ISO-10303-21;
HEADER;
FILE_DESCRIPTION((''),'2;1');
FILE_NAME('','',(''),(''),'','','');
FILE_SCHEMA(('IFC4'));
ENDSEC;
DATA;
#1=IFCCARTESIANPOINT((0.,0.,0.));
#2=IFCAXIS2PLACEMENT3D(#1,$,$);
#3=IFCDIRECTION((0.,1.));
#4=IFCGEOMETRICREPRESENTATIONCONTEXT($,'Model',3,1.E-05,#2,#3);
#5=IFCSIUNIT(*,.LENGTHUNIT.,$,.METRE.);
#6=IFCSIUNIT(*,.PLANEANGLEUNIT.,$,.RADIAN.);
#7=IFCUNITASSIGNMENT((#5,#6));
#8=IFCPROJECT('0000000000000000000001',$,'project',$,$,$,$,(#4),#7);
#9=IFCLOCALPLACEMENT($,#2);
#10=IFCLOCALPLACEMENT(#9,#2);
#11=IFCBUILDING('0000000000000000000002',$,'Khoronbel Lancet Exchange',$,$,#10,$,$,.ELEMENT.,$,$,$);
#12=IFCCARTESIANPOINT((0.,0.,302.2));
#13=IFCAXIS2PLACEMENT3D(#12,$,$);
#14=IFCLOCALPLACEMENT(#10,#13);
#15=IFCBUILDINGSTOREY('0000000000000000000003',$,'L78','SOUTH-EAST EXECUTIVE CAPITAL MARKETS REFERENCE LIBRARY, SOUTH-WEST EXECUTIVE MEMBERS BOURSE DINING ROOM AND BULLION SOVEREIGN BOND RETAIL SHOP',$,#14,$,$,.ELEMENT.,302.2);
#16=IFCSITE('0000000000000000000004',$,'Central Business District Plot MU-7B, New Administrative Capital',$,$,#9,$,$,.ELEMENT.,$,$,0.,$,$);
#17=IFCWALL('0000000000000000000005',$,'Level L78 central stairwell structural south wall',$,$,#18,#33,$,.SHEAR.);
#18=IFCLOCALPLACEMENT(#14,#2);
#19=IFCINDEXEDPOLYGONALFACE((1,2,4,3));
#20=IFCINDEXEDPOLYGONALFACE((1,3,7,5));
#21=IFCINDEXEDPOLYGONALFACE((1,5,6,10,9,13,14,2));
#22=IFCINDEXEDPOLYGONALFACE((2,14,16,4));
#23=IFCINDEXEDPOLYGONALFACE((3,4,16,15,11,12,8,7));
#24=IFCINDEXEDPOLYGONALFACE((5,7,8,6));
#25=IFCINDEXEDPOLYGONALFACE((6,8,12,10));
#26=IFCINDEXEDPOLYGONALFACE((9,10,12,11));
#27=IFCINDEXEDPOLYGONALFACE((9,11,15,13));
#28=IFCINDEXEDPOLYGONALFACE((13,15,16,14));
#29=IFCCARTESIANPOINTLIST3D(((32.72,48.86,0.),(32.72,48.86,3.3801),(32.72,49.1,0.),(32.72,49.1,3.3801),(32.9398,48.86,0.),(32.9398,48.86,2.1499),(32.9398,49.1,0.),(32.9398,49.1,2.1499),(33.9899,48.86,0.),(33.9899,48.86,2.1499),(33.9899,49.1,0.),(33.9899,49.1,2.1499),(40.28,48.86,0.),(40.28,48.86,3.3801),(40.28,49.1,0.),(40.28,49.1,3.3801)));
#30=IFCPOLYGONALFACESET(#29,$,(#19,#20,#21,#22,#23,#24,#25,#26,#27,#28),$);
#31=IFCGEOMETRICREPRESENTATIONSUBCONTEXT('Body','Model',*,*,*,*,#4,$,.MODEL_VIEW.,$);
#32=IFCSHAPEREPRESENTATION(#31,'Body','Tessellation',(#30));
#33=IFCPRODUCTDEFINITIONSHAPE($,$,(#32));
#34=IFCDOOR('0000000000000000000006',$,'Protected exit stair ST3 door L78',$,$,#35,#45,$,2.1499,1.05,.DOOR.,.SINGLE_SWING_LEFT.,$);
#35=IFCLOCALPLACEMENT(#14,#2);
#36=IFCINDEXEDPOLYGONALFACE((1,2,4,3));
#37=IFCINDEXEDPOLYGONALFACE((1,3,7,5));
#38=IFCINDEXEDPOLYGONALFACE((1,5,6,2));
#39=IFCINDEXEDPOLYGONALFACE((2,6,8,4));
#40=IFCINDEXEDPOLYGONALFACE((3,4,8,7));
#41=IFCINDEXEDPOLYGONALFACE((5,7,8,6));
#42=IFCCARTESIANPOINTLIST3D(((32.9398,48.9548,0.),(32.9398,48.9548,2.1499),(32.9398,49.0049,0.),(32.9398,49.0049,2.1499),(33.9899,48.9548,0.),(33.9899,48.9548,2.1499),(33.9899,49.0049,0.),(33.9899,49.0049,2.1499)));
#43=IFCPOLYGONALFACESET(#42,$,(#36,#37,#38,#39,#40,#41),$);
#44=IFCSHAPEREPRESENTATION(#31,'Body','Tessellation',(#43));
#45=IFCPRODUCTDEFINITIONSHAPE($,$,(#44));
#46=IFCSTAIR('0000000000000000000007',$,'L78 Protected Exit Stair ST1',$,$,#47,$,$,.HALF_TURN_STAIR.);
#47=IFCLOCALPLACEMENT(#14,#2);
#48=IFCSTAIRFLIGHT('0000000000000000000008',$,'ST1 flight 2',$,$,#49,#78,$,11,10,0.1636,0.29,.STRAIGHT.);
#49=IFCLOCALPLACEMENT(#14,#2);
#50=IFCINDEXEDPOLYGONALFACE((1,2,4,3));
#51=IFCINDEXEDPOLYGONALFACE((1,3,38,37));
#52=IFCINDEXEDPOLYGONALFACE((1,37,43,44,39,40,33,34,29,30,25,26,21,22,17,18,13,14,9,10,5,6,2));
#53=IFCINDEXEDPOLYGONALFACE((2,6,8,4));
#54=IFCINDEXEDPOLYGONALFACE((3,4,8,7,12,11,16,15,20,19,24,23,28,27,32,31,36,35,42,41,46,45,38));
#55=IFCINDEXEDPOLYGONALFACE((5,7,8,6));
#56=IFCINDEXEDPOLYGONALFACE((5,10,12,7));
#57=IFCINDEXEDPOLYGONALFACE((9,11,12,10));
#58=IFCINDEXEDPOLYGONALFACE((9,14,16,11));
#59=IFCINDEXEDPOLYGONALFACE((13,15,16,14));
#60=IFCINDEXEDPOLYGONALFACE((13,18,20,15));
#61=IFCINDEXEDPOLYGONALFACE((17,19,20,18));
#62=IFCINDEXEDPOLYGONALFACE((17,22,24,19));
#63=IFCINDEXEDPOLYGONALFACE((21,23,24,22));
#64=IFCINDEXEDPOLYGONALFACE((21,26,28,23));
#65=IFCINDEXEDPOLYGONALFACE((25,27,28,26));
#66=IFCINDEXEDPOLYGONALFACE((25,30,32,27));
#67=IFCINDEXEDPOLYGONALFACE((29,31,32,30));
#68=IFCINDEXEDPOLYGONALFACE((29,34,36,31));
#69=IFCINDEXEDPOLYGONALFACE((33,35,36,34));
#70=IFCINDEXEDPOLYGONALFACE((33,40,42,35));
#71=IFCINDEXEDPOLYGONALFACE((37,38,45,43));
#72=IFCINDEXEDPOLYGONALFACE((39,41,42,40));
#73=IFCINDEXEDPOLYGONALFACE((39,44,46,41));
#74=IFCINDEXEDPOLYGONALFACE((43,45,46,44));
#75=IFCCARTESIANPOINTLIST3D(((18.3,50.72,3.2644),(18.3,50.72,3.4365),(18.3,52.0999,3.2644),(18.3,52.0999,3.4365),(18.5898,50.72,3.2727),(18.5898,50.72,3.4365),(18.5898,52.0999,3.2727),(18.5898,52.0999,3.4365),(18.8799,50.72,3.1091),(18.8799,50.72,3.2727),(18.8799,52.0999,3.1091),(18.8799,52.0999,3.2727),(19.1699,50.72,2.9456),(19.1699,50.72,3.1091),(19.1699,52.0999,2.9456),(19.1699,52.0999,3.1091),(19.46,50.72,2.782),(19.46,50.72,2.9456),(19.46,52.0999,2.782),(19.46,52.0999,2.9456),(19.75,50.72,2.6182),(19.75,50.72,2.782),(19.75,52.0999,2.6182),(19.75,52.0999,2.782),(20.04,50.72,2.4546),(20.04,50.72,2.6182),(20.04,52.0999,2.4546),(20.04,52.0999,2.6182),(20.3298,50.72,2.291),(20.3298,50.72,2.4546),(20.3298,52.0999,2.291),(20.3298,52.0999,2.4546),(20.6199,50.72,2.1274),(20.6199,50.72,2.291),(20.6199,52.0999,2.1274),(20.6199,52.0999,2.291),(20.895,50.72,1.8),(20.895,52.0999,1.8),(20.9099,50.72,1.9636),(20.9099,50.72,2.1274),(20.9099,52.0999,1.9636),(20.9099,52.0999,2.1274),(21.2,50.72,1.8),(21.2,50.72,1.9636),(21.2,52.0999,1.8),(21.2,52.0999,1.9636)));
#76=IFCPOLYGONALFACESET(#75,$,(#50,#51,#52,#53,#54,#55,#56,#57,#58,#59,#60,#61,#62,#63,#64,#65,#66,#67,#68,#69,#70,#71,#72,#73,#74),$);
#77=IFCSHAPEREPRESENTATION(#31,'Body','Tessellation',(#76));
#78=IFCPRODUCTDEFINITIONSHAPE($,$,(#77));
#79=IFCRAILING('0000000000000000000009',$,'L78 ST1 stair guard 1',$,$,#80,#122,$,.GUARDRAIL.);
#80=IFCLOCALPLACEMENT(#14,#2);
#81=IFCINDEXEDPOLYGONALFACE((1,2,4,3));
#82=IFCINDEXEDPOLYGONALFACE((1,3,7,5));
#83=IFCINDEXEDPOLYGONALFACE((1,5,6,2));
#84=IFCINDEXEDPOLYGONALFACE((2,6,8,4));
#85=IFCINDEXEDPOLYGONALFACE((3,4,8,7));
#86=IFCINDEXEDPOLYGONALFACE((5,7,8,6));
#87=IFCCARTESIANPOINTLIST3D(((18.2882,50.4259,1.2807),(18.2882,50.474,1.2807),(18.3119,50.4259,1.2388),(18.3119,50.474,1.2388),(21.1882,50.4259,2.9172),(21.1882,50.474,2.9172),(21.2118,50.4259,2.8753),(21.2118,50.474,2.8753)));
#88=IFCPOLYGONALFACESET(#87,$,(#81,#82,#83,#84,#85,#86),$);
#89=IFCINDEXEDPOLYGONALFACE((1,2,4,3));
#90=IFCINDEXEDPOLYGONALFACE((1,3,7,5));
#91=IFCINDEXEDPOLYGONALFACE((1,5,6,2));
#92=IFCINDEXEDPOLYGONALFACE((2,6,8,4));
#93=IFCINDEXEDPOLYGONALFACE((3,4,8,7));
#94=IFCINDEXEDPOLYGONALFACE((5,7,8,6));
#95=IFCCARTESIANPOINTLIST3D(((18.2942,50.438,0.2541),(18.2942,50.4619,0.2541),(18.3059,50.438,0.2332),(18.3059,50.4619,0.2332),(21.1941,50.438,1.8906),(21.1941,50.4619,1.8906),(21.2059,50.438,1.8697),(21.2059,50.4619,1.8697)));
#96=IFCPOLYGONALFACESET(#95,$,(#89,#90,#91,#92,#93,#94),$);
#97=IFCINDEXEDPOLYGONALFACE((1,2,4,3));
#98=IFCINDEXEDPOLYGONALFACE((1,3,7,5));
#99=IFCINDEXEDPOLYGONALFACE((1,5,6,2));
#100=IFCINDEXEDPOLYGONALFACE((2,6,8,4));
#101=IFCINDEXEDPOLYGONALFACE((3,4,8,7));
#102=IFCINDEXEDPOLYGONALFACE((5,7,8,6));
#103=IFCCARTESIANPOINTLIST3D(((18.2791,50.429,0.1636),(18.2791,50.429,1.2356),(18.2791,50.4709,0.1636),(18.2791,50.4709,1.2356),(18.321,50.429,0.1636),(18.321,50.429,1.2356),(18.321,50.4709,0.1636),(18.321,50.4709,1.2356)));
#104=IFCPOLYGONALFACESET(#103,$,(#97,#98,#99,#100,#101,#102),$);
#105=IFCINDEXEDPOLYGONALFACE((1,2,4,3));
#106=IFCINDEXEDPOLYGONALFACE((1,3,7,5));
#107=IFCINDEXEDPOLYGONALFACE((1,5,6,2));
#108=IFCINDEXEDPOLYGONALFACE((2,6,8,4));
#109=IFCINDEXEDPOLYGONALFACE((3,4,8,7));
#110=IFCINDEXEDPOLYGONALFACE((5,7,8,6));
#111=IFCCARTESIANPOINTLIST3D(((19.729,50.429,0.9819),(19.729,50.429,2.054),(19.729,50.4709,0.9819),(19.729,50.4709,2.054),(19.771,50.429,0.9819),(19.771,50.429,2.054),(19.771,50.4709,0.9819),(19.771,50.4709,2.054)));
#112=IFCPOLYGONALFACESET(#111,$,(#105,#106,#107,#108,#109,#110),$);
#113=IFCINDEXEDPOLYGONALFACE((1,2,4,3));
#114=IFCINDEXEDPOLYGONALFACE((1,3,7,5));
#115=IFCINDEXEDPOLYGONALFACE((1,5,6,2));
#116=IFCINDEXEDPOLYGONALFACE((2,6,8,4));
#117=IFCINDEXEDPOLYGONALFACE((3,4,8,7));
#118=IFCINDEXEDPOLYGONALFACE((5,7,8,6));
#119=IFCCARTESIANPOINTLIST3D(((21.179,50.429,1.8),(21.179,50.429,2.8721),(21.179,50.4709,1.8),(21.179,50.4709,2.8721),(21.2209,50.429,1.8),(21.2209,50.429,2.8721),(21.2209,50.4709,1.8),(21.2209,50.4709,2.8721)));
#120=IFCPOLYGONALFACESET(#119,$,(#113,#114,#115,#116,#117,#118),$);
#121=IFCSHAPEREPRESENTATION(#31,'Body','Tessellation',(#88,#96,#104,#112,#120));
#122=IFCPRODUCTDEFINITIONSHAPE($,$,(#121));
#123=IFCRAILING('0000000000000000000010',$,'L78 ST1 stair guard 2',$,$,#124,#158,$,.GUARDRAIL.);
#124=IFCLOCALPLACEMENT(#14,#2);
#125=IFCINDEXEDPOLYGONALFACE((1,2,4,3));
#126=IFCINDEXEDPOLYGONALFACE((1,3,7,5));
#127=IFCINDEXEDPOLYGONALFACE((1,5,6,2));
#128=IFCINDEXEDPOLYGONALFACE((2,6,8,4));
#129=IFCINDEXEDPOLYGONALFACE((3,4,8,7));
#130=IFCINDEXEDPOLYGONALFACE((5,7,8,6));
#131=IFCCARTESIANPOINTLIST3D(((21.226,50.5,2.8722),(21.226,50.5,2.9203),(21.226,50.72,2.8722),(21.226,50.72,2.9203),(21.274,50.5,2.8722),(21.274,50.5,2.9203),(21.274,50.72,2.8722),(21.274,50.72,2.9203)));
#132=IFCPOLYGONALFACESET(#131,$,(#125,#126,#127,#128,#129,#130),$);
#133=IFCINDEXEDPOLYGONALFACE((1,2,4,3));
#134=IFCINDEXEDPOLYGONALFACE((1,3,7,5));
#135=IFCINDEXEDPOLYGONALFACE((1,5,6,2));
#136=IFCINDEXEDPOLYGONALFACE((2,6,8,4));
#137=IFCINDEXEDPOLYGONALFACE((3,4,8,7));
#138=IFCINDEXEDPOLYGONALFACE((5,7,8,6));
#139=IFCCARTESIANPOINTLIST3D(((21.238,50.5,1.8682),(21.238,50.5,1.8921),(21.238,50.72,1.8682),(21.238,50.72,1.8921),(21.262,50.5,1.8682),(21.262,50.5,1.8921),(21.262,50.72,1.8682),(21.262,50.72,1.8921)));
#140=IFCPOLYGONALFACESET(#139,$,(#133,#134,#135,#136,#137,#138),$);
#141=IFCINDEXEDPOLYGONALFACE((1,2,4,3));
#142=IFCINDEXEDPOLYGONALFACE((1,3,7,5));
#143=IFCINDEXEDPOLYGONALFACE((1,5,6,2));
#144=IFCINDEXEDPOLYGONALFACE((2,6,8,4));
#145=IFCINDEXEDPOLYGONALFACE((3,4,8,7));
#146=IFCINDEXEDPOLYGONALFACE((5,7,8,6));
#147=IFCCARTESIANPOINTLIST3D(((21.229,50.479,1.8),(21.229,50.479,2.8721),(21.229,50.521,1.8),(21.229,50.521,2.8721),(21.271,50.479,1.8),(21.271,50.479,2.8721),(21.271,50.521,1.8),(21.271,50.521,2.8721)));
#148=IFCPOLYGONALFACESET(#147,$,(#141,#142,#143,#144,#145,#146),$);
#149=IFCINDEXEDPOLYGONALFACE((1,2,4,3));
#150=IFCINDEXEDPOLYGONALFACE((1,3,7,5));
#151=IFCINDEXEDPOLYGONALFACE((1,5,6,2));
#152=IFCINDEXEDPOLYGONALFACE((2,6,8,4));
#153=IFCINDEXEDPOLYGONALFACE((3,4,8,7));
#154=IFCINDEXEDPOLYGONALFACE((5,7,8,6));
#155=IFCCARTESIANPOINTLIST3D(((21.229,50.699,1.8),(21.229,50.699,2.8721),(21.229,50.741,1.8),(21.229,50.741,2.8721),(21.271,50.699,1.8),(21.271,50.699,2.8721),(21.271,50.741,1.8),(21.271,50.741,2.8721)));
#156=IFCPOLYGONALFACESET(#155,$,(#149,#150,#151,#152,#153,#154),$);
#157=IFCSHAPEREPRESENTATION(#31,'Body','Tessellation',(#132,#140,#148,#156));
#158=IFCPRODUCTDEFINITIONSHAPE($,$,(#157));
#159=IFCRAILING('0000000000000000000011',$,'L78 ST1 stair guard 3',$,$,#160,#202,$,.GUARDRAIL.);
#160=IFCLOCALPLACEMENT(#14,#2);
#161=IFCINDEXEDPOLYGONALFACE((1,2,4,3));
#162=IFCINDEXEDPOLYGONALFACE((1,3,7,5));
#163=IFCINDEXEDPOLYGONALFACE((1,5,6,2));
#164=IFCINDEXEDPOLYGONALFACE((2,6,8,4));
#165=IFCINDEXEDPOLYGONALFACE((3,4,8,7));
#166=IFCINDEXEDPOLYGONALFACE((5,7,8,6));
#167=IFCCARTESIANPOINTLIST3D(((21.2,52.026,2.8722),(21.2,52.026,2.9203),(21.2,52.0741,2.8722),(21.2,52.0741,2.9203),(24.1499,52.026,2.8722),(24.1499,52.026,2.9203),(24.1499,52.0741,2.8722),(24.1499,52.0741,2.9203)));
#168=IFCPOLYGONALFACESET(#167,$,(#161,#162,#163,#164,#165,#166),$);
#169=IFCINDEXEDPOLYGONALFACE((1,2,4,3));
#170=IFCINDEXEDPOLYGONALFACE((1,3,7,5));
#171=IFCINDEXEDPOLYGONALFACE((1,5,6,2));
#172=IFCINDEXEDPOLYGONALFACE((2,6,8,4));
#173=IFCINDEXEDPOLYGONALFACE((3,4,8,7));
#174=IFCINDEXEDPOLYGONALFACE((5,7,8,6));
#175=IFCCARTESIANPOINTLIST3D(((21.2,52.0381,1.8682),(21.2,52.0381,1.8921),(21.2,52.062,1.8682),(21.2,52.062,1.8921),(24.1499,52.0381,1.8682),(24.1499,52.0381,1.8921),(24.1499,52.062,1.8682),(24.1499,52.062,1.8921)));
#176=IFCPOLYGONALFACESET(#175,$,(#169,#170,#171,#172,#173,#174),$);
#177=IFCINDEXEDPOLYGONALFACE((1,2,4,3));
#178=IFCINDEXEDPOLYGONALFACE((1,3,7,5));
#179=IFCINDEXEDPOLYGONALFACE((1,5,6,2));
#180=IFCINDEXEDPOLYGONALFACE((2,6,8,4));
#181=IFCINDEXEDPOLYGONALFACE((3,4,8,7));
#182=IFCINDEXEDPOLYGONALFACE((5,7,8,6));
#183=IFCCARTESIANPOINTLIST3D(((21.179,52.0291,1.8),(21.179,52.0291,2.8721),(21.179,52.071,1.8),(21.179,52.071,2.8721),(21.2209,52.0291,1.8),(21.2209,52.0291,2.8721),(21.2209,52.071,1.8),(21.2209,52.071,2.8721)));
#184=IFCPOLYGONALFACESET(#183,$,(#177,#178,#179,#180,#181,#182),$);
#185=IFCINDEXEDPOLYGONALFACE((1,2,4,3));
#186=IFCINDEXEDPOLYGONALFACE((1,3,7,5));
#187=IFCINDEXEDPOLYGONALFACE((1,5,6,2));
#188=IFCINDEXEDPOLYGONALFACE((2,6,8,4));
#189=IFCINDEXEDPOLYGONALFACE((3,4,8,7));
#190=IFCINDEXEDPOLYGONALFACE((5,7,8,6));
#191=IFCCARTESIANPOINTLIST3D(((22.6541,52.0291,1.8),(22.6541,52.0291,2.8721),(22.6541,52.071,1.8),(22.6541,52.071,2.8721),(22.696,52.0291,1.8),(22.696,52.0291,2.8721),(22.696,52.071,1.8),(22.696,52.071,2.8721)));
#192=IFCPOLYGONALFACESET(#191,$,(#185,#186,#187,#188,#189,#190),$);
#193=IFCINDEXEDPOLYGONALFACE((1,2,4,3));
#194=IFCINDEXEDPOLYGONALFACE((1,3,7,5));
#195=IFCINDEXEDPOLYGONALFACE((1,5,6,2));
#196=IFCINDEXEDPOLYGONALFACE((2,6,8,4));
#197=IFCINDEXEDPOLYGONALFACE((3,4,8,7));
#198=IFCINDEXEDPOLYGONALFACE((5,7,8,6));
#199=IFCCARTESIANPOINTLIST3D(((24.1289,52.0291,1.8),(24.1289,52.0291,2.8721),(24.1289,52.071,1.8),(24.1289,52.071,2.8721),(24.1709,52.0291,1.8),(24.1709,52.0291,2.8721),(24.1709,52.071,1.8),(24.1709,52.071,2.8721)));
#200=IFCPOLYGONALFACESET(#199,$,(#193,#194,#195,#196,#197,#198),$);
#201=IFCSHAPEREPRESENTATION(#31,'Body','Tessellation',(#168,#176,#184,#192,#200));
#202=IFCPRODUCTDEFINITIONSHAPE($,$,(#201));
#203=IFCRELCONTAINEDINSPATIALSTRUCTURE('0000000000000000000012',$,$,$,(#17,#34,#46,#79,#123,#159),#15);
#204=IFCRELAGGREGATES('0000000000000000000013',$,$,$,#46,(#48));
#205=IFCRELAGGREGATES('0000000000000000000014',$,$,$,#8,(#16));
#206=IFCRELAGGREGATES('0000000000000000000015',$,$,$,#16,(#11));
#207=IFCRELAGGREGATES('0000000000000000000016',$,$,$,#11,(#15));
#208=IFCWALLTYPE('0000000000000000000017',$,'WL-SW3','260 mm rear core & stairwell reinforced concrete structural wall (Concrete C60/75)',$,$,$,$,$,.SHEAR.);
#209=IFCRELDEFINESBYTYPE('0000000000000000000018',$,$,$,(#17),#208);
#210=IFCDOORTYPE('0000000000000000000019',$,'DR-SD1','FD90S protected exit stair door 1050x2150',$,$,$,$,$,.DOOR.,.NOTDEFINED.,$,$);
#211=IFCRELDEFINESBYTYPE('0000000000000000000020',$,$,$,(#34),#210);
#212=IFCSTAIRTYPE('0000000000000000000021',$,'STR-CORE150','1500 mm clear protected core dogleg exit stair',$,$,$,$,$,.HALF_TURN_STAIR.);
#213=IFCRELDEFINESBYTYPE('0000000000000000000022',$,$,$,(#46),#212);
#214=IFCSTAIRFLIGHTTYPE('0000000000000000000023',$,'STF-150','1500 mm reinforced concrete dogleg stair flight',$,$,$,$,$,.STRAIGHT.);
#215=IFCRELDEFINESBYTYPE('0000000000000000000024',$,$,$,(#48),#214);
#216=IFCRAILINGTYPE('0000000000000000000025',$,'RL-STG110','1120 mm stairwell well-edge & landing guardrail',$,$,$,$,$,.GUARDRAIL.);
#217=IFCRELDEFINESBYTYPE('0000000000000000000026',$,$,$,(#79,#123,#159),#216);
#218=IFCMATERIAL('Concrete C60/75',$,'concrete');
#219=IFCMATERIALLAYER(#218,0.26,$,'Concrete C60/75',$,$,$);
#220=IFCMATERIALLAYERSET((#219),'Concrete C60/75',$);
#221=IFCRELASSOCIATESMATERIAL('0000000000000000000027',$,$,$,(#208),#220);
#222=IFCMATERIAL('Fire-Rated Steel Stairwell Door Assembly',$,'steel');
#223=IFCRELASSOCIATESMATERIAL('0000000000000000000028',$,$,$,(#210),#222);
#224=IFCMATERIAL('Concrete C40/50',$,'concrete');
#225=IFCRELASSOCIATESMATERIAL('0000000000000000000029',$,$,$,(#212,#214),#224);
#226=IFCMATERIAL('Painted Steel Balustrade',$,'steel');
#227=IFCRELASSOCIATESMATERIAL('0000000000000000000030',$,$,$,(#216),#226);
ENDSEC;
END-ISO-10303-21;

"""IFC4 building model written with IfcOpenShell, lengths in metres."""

from ifc_helpers import new_model, si_unit, direction, frame, frame_2d, origin, origin_2d, place, context, subcontext, project, spatial, polyline, rectangle, outline, extrude, material, layer, layer_set, type_object, element, fill, aggregate, save


model = new_model("IFC4")

# Units and contexts
model_context = context("Model", 3, precision=1e-05, world=origin(), true_north=direction((0.0, 1.0)))
body_context = subcontext(model_context, "Body", "Model", "MODEL_VIEW")
ifc_project = project(units=[si_unit("LENGTHUNIT", "METRE"), si_unit("PLANEANGLEUNIT", "RADIAN")], contexts=[model_context])

# Site, building, storey
site_placement = place(None, origin())
site = spatial("IfcSite", under=ifc_project, at=site_placement, Name="Central Business District Plot MU-7B, New Administrative Capital", CompositionType="ELEMENT", RefElevation=0.0)
building_placement = place(site_placement, origin())
building = spatial("IfcBuilding", under=site, at=building_placement, Name="Khoronbel Lancet Exchange", CompositionType="ELEMENT")
storey_placement = place(building_placement, frame((0.0, 0.0, 302.2)))
storey = spatial("IfcBuildingStorey", under=building, at=storey_placement, Name="L78", Description="SOUTH-EAST EXECUTIVE CAPITAL MARKETS REFERENCE LIBRARY, SOUTH-WEST EXECUTIVE MEMBERS BOURSE DINING ROOM AND BULLION SOVEREIGN BOND RETAIL SHOP", CompositionType="ELEMENT", Elevation=302.2)

# Shared definitions
ifc_material_1 = material(Name="Concrete C60/75", Category="concrete")
ifc_layer_1 = layer(ifc_material_1, 0.26, Name="Concrete C60/75")
ifc_layer_set_1 = layer_set([ifc_layer_1], Name="Concrete C60/75")
wall_type_1 = type_object("IfcWallType", Name="WL-SW3", Description="260 mm rear core & stairwell reinforced concrete structural wall (Concrete C60/75)", PredefinedType="SHEAR", material=ifc_layer_set_1)

# Wall, opening, door
wall_1_placement = place(storey_placement, frame((32.72, 48.98, 0.0), z_axis=(0.0, 0.0, 1.0), x_axis=(1.0, 0.0, 0.0)))
wall_1 = element("IfcWall", 1, at=wall_1_placement, inside=storey, type_object=wall_type_1, Name="Level L78 central stairwell structural south wall", PredefinedType="SHEAR", context=body_context, shape_type="SweptSolid", body=[
    extrude(rectangle(XDim=7.5601, YDim=0.24, at=frame_2d((3.78, 0.0))), origin(), (0.0, 0.0, 1.0), 3.3801),
])
opening_1_placement = place(wall_1_placement, frame((0.22, 0.0, 0.0)))
opening_1 = element("IfcOpeningElement", 2, at=opening_1_placement, cuts=wall_1, PredefinedType="OPENING", context=body_context, shape_type="SweptSolid", body=[
    extrude(rectangle(XDim=1.05, YDim=2.1499, at=frame_2d((0.5249, 1.075))), frame((0.0, 0.1299, 0.0), z_axis=(0.0, -1.0, 0.0), x_axis=(1.0, 0.0, 0.0)), (0.0, 0.0, 1.0), 0.26),
])
ifc_material_2 = material(Name="Fire-Rated Steel Stairwell Door Assembly", Category="steel")
door_type_1 = type_object("IfcDoorType", Name="DR-SD1", Description="FD90S protected exit stair door 1050x2150", OperationType="NOTDEFINED", PredefinedType="DOOR", material=ifc_material_2)
door_1_placement = place(opening_1_placement, origin())
door_1 = element("IfcDoor", 3, at=door_1_placement, inside=storey, type_object=door_type_1, Name="Protected exit stair ST3 door L78", OperationType="SINGLE_SWING_LEFT", OverallHeight=2.1499, OverallWidth=1.05, PredefinedType="DOOR", context=body_context, shape_type="SweptSolid", body=[
    extrude(rectangle(XDim=1.05, YDim=2.1499, at=frame_2d((0.5249, 1.075))), frame((0.0, 0.0249, 0.0), z_axis=(0.0, -1.0, 0.0), x_axis=(1.0, 0.0, 0.0)), (0.0, 0.0, 1.0), 0.05),
])
fill(opening_1, door_1)

# Stair, stair flight
ifc_material_3 = material(Name="Concrete C40/50", Category="concrete")
stair_type = type_object("IfcStairType", Name="STR-CORE150", Description="1500 mm clear protected core dogleg exit stair", PredefinedType="HALF_TURN_STAIR", material=ifc_material_3)
stair_placement = place(storey_placement, origin())
stair = element("IfcStair", 4, at=stair_placement, inside=storey, type_object=stair_type, Name="L78 Protected Exit Stair ST1", PredefinedType="HALF_TURN_STAIR")
stair_flight_type = type_object("IfcStairFlightType", Name="STF-150", Description="1500 mm reinforced concrete dogleg stair flight", PredefinedType="STRAIGHT", material=ifc_material_3)
stair_flight_placement = place(storey_placement, frame((21.2, 51.4099, 1.8), z_axis=(0.0, 0.0, 1.0), x_axis=(-1.0, 0.0, 0.0)))
stair_flight = element("IfcStairFlight", 5, at=stair_flight_placement, type_object=stair_flight_type, Name="ST1 flight 2", NumberOfRisers=11, NumberOfTreads=10, PredefinedType="STRAIGHT", RiserHeight=0.1636, TreadLength=0.29, context=body_context, shape_type="SweptSolid", body=[
    extrude(outline(polyline([(0.0, 0.0), (0.0, 0.1636), (0.29, 0.1636), (0.29, 0.3274), (0.5801, 0.3274), (0.5801, 0.491), (0.8701, 0.491), (0.8701, 0.6545), (1.1599, 0.6545), (1.1599, 0.8181), (1.45, 0.8181), (1.45, 0.9819), (1.74, 0.9819), (1.74, 1.1455), (2.03, 1.1455), (2.03, 1.3091), (2.3201, 1.3091), (2.3201, 1.4727), (2.6101, 1.4727), (2.6101, 1.6365), (2.8999, 1.6365), (2.8999, 1.8), (2.8999, 1.4644), (0.3049, 0.0), (0.0, 0.0)])), frame((0.0, 0.6899, 0.0), z_axis=(0.0, -1.0, 0.0), x_axis=(1.0, 0.0, 0.0)), (0.0, 0.0, 1.0), 1.3799),
])
aggregate(stair, [stair_flight])

# Railings
ifc_material_4 = material(Name="Painted Steel Balustrade", Category="steel")
railing_type_1 = type_object("IfcRailingType", Name="RL-STG110", Description="1120 mm stairwell well-edge & landing guardrail", PredefinedType="GUARDRAIL", material=ifc_material_4)
railing_1_placement = place(storey_placement, frame((18.3, 50.45, 0.1636)))
element("IfcRailing", 6, at=railing_1_placement, inside=storey, type_object=railing_type_1, Name="L78 ST1 stair guard 1", PredefinedType="GUARDRAIL", context=body_context, shape_type="SweptSolid", body=[
    extrude(rectangle(XDim=0.0481, YDim=0.0481, at=origin_2d()), frame((0.0, 0.0, 1.0962), z_axis=(0.870897, 0.0, 0.491465), x_axis=(0.0, 1.0, 0.0)), (0.0, 0.0, 1.0), 3.3298),
    extrude(rectangle(XDim=0.0239, YDim=0.0239, at=origin_2d()), frame((0.0, 0.0, 0.0801), z_axis=(0.870897, 0.0, 0.491465), x_axis=(0.0, 1.0, 0.0)), (0.0, 0.0, 1.0), 3.3298),
    extrude(rectangle(XDim=0.042, YDim=0.042, at=origin_2d()), origin(), (0.0, 0.0, 1.0), 1.072),
    extrude(rectangle(XDim=0.042, YDim=0.042, at=origin_2d()), frame((1.45, 0.0, 0.8184)), (0.0, 0.0, 1.0), 1.072),
    extrude(rectangle(XDim=0.042, YDim=0.042, at=origin_2d()), frame((2.8999, 0.0, 1.6365)), (0.0, 0.0, 1.0), 1.072),
])
railing_2_placement = place(storey_placement, frame((21.25, 50.5, 1.8)))
element("IfcRailing", 7, at=railing_2_placement, inside=storey, type_object=railing_type_1, Name="L78 ST1 stair guard 2", PredefinedType="GUARDRAIL", context=body_context, shape_type="SweptSolid", body=[
    extrude(rectangle(XDim=0.0481, YDim=0.0481, at=origin_2d()), frame((0.0, 0.0, 1.0962), z_axis=(0.0, 1.0, 0.0), x_axis=(-1.0, 0.0, 0.0)), (0.0, 0.0, 1.0), 0.22),
    extrude(rectangle(XDim=0.0239, YDim=0.0239, at=origin_2d()), frame((0.0, 0.0, 0.0801), z_axis=(0.0, 1.0, 0.0), x_axis=(-1.0, 0.0, 0.0)), (0.0, 0.0, 1.0), 0.22),
    extrude(rectangle(XDim=0.042, YDim=0.042, at=origin_2d()), origin(), (0.0, 0.0, 1.0), 1.072),
    extrude(rectangle(XDim=0.042, YDim=0.042, at=origin_2d()), frame((0.0, 0.22, 0.0)), (0.0, 0.0, 1.0), 1.072),
])
railing_3_placement = place(storey_placement, frame((21.2, 52.05, 1.8)))
element("IfcRailing", 8, at=railing_3_placement, inside=storey, type_object=railing_type_1, Name="L78 ST1 stair guard 3", PredefinedType="GUARDRAIL", context=body_context, shape_type="SweptSolid", body=[
    extrude(rectangle(XDim=0.0481, YDim=0.0481, at=origin_2d()), frame((0.0, 0.0, 1.0962), z_axis=(1.0, 0.0, 0.0), x_axis=(0.0, 1.0, 0.0)), (0.0, 0.0, 1.0), 2.95),
    extrude(rectangle(XDim=0.0239, YDim=0.0239, at=origin_2d()), frame((0.0, 0.0, 0.0801), z_axis=(1.0, 0.0, 0.0), x_axis=(0.0, 1.0, 0.0)), (0.0, 0.0, 1.0), 2.95),
    extrude(rectangle(XDim=0.042, YDim=0.042, at=origin_2d()), origin(), (0.0, 0.0, 1.0), 1.072),
    extrude(rectangle(XDim=0.042, YDim=0.042, at=origin_2d()), frame((1.4751, 0.0, 0.0)), (0.0, 0.0, 1.0), 1.072),
    extrude(rectangle(XDim=0.042, YDim=0.042, at=origin_2d()), frame((2.95, 0.0, 0.0)), (0.0, 0.0, 1.0), 1.072),
])

save(model, "model.ifc")
